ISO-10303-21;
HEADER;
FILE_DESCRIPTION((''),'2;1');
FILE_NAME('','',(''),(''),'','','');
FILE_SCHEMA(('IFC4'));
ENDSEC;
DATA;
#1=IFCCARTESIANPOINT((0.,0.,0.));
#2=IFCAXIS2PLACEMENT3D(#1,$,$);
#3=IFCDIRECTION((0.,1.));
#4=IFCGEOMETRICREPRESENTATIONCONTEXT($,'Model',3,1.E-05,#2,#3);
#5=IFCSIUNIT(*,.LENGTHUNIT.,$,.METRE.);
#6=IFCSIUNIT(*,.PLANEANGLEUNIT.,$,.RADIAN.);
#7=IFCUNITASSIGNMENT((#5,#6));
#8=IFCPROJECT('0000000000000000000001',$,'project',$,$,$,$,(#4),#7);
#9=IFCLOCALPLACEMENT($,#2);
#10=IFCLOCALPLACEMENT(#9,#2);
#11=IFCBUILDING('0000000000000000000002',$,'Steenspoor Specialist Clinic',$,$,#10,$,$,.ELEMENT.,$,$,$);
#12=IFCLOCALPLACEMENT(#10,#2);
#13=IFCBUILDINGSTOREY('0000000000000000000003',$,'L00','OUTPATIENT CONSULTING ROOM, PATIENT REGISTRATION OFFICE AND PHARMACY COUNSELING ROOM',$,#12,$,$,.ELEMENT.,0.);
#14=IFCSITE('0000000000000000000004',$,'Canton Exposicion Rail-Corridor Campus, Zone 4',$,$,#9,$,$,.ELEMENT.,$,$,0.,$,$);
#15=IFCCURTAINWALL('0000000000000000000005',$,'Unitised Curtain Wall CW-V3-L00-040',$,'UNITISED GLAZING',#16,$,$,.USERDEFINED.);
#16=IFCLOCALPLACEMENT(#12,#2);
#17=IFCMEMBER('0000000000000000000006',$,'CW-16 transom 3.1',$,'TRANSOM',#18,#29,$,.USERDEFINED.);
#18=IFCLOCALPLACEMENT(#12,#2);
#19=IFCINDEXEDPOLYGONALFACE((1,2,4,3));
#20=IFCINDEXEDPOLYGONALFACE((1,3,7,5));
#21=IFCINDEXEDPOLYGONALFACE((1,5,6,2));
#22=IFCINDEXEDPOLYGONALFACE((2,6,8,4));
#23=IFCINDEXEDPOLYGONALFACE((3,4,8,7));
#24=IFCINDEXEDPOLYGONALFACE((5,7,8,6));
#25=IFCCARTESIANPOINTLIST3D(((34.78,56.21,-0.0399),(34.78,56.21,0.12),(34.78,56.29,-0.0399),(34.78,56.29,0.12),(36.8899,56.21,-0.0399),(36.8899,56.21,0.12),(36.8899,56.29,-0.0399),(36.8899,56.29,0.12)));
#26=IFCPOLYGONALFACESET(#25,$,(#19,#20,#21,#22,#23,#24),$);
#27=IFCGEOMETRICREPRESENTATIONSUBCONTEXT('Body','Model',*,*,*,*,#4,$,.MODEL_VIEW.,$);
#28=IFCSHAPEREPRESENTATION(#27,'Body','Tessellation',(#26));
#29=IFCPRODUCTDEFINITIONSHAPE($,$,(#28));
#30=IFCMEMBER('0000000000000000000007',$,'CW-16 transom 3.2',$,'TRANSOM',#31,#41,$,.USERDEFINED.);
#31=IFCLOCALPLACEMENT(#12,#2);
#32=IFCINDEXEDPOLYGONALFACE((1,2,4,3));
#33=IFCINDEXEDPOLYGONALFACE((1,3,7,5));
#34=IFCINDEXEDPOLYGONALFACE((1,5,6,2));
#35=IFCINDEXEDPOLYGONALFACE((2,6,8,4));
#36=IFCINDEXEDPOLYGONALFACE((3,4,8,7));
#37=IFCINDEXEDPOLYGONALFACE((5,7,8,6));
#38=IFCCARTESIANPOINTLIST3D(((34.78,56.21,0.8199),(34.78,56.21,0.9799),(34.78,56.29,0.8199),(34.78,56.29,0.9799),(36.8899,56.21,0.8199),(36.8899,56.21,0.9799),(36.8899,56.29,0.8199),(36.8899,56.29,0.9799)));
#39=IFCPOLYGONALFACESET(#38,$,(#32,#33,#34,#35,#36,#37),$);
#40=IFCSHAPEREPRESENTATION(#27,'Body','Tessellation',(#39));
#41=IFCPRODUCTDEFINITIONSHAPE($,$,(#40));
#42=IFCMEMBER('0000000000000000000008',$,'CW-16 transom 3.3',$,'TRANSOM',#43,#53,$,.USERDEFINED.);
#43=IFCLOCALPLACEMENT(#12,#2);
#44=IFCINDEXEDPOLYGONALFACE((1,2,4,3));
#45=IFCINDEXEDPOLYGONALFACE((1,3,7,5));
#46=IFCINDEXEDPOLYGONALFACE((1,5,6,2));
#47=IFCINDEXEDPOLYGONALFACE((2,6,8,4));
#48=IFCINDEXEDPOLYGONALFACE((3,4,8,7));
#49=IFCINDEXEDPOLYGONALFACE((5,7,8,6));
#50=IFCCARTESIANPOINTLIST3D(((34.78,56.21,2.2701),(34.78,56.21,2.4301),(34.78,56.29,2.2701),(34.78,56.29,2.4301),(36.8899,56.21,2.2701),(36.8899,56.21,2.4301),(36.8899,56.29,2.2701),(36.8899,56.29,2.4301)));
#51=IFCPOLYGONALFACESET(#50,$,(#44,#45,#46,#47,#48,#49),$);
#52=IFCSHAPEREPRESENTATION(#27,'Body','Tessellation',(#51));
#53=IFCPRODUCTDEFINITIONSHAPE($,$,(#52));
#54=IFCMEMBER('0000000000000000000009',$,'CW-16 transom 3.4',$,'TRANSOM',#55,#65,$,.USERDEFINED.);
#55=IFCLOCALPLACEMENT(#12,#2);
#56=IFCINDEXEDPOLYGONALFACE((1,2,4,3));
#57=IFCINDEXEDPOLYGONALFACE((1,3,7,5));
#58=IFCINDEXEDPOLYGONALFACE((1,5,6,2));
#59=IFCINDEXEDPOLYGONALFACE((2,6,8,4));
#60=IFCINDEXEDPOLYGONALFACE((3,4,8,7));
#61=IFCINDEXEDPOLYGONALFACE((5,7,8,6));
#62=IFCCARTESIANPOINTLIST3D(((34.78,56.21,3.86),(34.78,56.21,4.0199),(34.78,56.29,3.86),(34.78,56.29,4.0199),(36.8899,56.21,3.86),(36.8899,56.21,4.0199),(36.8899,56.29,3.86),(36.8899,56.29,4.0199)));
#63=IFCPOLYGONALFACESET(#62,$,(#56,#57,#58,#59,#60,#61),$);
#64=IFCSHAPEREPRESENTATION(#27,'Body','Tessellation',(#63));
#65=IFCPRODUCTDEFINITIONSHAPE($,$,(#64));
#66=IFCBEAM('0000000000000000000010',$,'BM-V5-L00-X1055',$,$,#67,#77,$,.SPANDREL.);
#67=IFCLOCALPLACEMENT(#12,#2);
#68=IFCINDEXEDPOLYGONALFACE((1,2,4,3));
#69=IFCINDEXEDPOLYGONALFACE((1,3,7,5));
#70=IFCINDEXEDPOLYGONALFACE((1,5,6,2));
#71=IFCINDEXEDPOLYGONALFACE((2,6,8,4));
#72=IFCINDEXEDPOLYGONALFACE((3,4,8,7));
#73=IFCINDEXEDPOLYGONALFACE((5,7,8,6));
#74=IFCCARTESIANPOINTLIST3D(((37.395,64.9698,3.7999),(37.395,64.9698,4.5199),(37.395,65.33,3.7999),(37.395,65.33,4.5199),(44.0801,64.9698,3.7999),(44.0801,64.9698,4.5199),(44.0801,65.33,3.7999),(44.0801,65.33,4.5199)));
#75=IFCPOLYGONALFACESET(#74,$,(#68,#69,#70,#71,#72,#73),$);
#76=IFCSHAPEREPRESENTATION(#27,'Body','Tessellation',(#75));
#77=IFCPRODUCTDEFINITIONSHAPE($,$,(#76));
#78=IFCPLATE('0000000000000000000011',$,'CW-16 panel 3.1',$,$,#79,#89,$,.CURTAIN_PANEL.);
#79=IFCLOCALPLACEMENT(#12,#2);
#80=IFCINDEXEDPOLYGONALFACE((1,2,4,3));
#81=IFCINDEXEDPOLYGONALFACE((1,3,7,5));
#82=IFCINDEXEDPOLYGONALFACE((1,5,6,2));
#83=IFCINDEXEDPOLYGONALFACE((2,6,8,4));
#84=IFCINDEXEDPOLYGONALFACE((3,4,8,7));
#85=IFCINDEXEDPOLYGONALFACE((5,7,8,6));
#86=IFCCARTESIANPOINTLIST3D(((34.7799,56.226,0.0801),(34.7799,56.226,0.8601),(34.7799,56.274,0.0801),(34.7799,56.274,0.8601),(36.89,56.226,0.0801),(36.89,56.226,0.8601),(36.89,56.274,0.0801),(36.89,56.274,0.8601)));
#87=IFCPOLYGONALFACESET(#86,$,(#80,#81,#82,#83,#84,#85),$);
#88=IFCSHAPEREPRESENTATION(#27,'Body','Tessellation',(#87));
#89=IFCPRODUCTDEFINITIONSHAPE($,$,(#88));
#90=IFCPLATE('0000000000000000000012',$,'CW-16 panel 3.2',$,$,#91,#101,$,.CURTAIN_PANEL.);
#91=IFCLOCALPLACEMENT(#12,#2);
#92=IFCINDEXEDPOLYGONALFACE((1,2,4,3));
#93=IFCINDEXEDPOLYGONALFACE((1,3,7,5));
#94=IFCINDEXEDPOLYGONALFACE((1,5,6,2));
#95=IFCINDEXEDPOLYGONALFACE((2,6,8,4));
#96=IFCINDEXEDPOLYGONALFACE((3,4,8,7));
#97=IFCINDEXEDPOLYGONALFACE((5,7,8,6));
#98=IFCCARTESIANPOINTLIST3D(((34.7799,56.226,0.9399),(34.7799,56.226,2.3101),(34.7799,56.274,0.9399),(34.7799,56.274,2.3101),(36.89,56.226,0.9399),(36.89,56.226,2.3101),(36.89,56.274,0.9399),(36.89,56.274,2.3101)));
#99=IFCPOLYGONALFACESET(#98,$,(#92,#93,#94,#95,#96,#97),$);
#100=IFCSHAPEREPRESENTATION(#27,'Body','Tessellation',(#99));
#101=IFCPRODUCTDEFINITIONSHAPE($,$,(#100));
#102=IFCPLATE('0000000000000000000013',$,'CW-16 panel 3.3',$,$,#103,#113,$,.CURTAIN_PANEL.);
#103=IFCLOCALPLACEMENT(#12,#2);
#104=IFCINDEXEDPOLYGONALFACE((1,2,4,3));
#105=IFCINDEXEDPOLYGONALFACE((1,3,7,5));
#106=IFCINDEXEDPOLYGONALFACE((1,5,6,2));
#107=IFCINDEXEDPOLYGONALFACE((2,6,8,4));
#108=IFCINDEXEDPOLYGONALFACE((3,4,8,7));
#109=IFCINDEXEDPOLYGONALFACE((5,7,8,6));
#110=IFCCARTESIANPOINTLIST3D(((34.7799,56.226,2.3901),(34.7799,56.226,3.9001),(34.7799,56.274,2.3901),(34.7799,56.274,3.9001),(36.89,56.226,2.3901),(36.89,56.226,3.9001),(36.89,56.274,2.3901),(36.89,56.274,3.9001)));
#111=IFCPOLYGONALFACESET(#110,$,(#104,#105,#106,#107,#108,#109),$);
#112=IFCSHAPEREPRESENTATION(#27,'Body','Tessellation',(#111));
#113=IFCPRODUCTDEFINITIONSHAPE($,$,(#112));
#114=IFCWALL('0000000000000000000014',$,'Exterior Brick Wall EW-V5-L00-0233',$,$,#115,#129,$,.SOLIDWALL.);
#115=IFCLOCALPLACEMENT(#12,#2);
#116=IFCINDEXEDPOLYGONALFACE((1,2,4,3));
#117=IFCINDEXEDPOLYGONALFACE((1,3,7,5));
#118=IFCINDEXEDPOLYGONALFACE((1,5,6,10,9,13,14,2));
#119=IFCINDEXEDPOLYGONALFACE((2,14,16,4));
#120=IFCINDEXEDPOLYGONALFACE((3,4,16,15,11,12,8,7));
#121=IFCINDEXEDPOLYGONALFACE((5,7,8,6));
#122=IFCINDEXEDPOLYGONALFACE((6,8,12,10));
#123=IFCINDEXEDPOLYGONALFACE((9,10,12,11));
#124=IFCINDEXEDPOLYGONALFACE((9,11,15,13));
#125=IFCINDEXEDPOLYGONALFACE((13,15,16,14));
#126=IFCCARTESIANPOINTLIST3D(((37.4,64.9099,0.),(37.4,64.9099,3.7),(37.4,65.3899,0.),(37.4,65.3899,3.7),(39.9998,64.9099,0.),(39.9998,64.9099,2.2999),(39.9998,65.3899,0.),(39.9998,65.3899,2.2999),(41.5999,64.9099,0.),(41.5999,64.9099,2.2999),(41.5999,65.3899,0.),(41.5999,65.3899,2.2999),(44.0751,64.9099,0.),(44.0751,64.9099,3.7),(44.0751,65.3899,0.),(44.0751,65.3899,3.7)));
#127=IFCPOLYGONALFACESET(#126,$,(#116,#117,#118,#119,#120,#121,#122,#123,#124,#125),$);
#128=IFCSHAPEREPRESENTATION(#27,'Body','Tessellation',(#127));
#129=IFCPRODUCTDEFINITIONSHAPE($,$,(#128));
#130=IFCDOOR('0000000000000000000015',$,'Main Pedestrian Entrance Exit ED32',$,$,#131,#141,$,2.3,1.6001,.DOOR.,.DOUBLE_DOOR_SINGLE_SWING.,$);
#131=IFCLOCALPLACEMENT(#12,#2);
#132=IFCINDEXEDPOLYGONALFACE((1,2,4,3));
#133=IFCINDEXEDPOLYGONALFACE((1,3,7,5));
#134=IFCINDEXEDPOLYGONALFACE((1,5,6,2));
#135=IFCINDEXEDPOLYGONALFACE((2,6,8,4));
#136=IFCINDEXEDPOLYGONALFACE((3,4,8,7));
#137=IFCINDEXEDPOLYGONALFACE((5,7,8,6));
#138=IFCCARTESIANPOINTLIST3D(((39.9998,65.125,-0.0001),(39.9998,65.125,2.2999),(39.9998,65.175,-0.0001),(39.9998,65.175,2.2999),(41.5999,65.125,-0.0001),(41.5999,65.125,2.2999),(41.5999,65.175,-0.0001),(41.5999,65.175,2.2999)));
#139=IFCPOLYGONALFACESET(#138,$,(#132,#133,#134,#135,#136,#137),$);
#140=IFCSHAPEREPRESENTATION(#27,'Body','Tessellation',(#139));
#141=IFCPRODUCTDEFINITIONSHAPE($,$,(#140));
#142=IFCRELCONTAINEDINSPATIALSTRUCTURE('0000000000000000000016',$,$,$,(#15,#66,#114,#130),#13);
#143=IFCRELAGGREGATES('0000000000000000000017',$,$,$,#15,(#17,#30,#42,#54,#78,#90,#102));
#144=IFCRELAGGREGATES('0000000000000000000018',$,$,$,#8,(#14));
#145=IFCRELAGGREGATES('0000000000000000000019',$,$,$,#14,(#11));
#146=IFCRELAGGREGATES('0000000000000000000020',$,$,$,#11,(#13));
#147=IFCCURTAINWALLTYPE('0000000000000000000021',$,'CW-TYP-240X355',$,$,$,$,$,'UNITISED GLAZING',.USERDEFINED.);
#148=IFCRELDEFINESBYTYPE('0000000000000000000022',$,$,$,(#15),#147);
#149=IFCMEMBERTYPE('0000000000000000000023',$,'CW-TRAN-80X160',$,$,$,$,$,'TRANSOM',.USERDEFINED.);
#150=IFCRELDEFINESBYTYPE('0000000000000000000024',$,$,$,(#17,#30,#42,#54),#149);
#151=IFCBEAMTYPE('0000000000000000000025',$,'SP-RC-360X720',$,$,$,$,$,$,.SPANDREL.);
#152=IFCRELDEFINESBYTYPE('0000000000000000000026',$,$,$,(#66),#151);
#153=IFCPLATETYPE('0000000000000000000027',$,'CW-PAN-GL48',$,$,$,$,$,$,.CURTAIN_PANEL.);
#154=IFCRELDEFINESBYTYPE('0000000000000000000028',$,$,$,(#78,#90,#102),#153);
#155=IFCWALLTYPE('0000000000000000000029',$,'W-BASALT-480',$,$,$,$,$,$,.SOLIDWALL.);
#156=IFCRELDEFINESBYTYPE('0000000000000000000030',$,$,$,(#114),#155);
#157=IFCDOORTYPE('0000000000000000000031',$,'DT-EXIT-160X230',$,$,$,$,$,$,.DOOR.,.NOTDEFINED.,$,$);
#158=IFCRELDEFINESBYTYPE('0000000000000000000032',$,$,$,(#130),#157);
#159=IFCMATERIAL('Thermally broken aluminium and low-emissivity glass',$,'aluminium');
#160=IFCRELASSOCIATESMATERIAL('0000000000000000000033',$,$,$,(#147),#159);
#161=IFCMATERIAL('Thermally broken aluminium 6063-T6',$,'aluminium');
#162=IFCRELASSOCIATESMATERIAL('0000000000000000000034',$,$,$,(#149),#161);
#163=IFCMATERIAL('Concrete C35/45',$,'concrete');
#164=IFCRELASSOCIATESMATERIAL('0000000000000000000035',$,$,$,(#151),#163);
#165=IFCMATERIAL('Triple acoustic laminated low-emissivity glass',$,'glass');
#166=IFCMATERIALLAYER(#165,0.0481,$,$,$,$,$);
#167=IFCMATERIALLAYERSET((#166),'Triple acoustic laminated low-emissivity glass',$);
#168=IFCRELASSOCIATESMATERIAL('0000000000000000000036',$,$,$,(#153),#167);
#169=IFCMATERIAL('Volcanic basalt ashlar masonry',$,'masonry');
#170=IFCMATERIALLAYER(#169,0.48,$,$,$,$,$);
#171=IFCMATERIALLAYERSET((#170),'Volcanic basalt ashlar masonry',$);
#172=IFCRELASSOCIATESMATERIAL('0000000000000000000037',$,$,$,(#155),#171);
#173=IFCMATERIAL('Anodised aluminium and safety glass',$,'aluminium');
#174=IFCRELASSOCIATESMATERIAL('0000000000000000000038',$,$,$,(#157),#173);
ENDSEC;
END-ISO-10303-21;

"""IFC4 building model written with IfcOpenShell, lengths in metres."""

from ifc_helpers import new_model, si_unit, direction, frame, frame_2d, origin, origin_2d, place, context, subcontext, project, spatial, rectangle, extrude, material, layer, layer_set, material_profile, profile_set, type_object, element, fill, aggregate, save


model = new_model("IFC4")

# Units and contexts
model_context = context("Model", 3, precision=1e-05, world=origin(), true_north=direction((0.0, 1.0)))
body_context = subcontext(model_context, "Body", "Model", "MODEL_VIEW")
ifc_project = project(units=[si_unit("LENGTHUNIT", "METRE"), si_unit("PLANEANGLEUNIT", "RADIAN")], contexts=[model_context])

# Site, building, storey
site_placement = place(None, origin())
site = spatial("IfcSite", under=ifc_project, at=site_placement, Name="Canton Exposicion Rail-Corridor Campus, Zone 4", CompositionType="ELEMENT", RefElevation=0.0)
building_placement = place(site_placement, origin())
building = spatial("IfcBuilding", under=site, at=building_placement, Name="Steenspoor Specialist Clinic", CompositionType="ELEMENT")
storey_placement = place(building_placement, origin())
storey = spatial("IfcBuildingStorey", under=building, at=storey_placement, Name="L00", Description="OUTPATIENT CONSULTING ROOM, PATIENT REGISTRATION OFFICE AND PHARMACY COUNSELING ROOM", CompositionType="ELEMENT", Elevation=0.0)

# Shared definitions
ifc_material_1 = material(Name="Concrete C35/45", Category="concrete")

# Curtain wall, members
ifc_material_2 = material(Name="Thermally broken aluminium and low-emissivity glass", Category="aluminium")
curtain_wall_type = type_object("IfcCurtainWallType", Name="CW-TYP-240X355", ElementType="UNITISED GLAZING", PredefinedType="USERDEFINED", material=ifc_material_2)
curtain_wall_placement = place(storey_placement, origin())
curtain_wall = element("IfcCurtainWall", 1, at=curtain_wall_placement, inside=storey, type_object=curtain_wall_type, Name="Unitised Curtain Wall CW-V3-L00-040", ObjectType="UNITISED GLAZING", PredefinedType="USERDEFINED")
ifc_material_3 = material(Name="Thermally broken aluminium 6063-T6", Category="aluminium")
ifc_material_profile_1 = material_profile(ifc_material_3, rectangle(XDim=0.0801, YDim=0.1599, at=origin_2d()), Name="CWT-80X160")
ifc_profile_set_1 = profile_set([ifc_material_profile_1], Name="Thermally broken aluminium 6063-T6")
member_type_1 = type_object("IfcMemberType", Name="CW-TRAN-80X160", ElementType="TRANSOM", PredefinedType="USERDEFINED", material=ifc_profile_set_1)
member_1_placement = place(storey_placement, frame((34.78, 56.25, 0.04), z_axis=(1.0, 0.0, 0.0), x_axis=(0.0, 1.0, 0.0)))
member_1 = element("IfcMember", 2, at=member_1_placement, type_object=member_type_1, Name="CW-16 transom 3.1", ObjectType="TRANSOM", PredefinedType="USERDEFINED", context=body_context, shape_type="SweptSolid", body=[
    extrude(rectangle(XDim=0.0801, YDim=0.1599, at=origin_2d()), origin(), (0.0, 0.0, 1.0), 2.1099),
])
member_2_placement = place(storey_placement, frame((34.78, 56.25, 0.8999), z_axis=(1.0, 0.0, 0.0), x_axis=(0.0, 1.0, 0.0)))
member_2 = element("IfcMember", 3, at=member_2_placement, type_object=member_type_1, Name="CW-16 transom 3.2", ObjectType="TRANSOM", PredefinedType="USERDEFINED", context=body_context, shape_type="SweptSolid", body=[
    extrude(rectangle(XDim=0.0801, YDim=0.1599, at=origin_2d()), origin(), (0.0, 0.0, 1.0), 2.1099),
])
member_3_placement = place(storey_placement, frame((34.78, 56.25, 2.3501), z_axis=(1.0, 0.0, 0.0), x_axis=(0.0, 1.0, 0.0)))
member_3 = element("IfcMember", 4, at=member_3_placement, type_object=member_type_1, Name="CW-16 transom 3.3", ObjectType="TRANSOM", PredefinedType="USERDEFINED", context=body_context, shape_type="SweptSolid", body=[
    extrude(rectangle(XDim=0.0801, YDim=0.1599, at=origin_2d()), origin(), (0.0, 0.0, 1.0), 2.1099),
])
member_4_placement = place(storey_placement, frame((34.78, 56.25, 3.9399), z_axis=(1.0, 0.0, 0.0), x_axis=(0.0, 1.0, 0.0)))
member_4 = element("IfcMember", 5, at=member_4_placement, type_object=member_type_1, Name="CW-16 transom 3.4", ObjectType="TRANSOM", PredefinedType="USERDEFINED", context=body_context, shape_type="SweptSolid", body=[
    extrude(rectangle(XDim=0.0801, YDim=0.1599, at=origin_2d()), origin(), (0.0, 0.0, 1.0), 2.1099),
])

# Beam
ifc_material_profile_2 = material_profile(ifc_material_1, rectangle(XDim=0.3601, YDim=0.72, at=origin_2d()), Name="RC-SP-360X720")
ifc_profile_set_2 = profile_set([ifc_material_profile_2], Name="Concrete C35/45")
beam_type = type_object("IfcBeamType", Name="SP-RC-360X720", PredefinedType="SPANDREL", material=ifc_profile_set_2)
beam_placement = place(storey_placement, frame((37.395, 65.1499, 4.1599), z_axis=(1.0, 0.0, 0.0), x_axis=(0.0, 1.0, 0.0)))
element("IfcBeam", 6, at=beam_placement, inside=storey, type_object=beam_type, Name="BM-V5-L00-X1055", PredefinedType="SPANDREL", context=body_context, shape_type="SweptSolid", body=[
    extrude(rectangle(XDim=0.3601, YDim=0.72, at=origin_2d()), origin(), (0.0, 0.0, 1.0), 6.6851),
])

# Plates
ifc_material_4 = material(Name="Triple acoustic laminated low-emissivity glass", Category="glass")
ifc_layer_1 = layer(ifc_material_4, 0.0481)
ifc_layer_set_1 = layer_set([ifc_layer_1], Name="Triple acoustic laminated low-emissivity glass")
plate_type = type_object("IfcPlateType", Name="CW-PAN-GL48", PredefinedType="CURTAIN_PANEL", material=ifc_layer_set_1)
plate_1_placement = place(storey_placement, frame((35.835, 56.25, 0.0801), z_axis=(0.0, 0.0, 1.0), x_axis=(1.0, 0.0, 0.0)))
plate_1 = element("IfcPlate", 7, at=plate_1_placement, type_object=plate_type, Name="CW-16 panel 3.1", PredefinedType="CURTAIN_PANEL", context=body_context, shape_type="SweptSolid", body=[
    extrude(rectangle(XDim=2.1101, YDim=0.0481, at=origin_2d()), origin(), (0.0, 0.0, 1.0), 0.78),
])
plate_2_placement = place(storey_placement, frame((35.835, 56.25, 0.9399), z_axis=(0.0, 0.0, 1.0), x_axis=(1.0, 0.0, 0.0)))
plate_2 = element("IfcPlate", 8, at=plate_2_placement, type_object=plate_type, Name="CW-16 panel 3.2", PredefinedType="CURTAIN_PANEL", context=body_context, shape_type="SweptSolid", body=[
    extrude(rectangle(XDim=2.1101, YDim=0.0481, at=origin_2d()), origin(), (0.0, 0.0, 1.0), 1.3701),
])
plate_3_placement = place(storey_placement, frame((35.835, 56.25, 2.3901), z_axis=(0.0, 0.0, 1.0), x_axis=(1.0, 0.0, 0.0)))
plate_3 = element("IfcPlate", 9, at=plate_3_placement, type_object=plate_type, Name="CW-16 panel 3.3", PredefinedType="CURTAIN_PANEL", context=body_context, shape_type="SweptSolid", body=[
    extrude(rectangle(XDim=2.1101, YDim=0.0481, at=origin_2d()), origin(), (0.0, 0.0, 1.0), 1.51),
])
aggregate(curtain_wall, [member_1, member_2, member_3, member_4, plate_1, plate_2, plate_3])

# Wall, opening, door
ifc_material_5 = material(Name="Volcanic basalt ashlar masonry", Category="masonry")
ifc_layer_2 = layer(ifc_material_5, 0.48)
ifc_layer_set_2 = layer_set([ifc_layer_2], Name="Volcanic basalt ashlar masonry")
wall_type = type_object("IfcWallType", Name="W-BASALT-480", PredefinedType="SOLIDWALL", material=ifc_layer_set_2)
wall_1_placement = place(storey_placement, frame((44.075, 65.1499, 0.0), z_axis=(0.0, 0.0, 1.0), x_axis=(-1.0, 0.0, 0.0)))
wall_1 = element("IfcWall", 10, at=wall_1_placement, inside=storey, type_object=wall_type, Name="Exterior Brick Wall EW-V5-L00-0233", PredefinedType="SOLIDWALL", context=body_context, shape_type="SweptSolid", body=[
    extrude(rectangle(XDim=6.675, YDim=0.48, at=frame_2d((3.3374, 0.0))), origin(), (0.0, 0.0, 1.0), 3.7),
])
opening_1_placement = place(wall_1_placement, frame((2.4751, 0.0, 0.0)))
opening_1 = element("IfcOpeningElement", 11, at=opening_1_placement, cuts=wall_1, PredefinedType="OPENING", context=body_context, shape_type="SweptSolid", body=[
    extrude(rectangle(XDim=1.6001, YDim=2.3, at=frame_2d((0.8, 1.1499))), frame((0.0, 0.25, 0.0), z_axis=(0.0, -1.0, 0.0), x_axis=(1.0, 0.0, 0.0)), (0.0, 0.0, 1.0), 0.5),
])
ifc_material_6 = material(Name="Anodised aluminium and safety glass", Category="aluminium")
door_type = type_object("IfcDoorType", Name="DT-EXIT-160X230", OperationType="NOTDEFINED", PredefinedType="DOOR", material=ifc_material_6)
door_placement = place(opening_1_placement, origin())
door = element("IfcDoor", 12, at=door_placement, inside=storey, type_object=door_type, Name="Main Pedestrian Entrance Exit ED32", OperationType="DOUBLE_DOOR_SINGLE_SWING", OverallHeight=2.3, OverallWidth=1.6001, PredefinedType="DOOR", context=body_context, shape_type="SweptSolid", body=[
    extrude(rectangle(XDim=1.6001, YDim=2.3, at=frame_2d((0.8, 1.1499))), frame((0.0, 0.0249, 0.0), z_axis=(0.0, -1.0, 0.0), x_axis=(1.0, 0.0, 0.0)), (0.0, 0.0, 1.0), 0.05),
])
fill(opening_1, door)

save(model, "model.ifc")
